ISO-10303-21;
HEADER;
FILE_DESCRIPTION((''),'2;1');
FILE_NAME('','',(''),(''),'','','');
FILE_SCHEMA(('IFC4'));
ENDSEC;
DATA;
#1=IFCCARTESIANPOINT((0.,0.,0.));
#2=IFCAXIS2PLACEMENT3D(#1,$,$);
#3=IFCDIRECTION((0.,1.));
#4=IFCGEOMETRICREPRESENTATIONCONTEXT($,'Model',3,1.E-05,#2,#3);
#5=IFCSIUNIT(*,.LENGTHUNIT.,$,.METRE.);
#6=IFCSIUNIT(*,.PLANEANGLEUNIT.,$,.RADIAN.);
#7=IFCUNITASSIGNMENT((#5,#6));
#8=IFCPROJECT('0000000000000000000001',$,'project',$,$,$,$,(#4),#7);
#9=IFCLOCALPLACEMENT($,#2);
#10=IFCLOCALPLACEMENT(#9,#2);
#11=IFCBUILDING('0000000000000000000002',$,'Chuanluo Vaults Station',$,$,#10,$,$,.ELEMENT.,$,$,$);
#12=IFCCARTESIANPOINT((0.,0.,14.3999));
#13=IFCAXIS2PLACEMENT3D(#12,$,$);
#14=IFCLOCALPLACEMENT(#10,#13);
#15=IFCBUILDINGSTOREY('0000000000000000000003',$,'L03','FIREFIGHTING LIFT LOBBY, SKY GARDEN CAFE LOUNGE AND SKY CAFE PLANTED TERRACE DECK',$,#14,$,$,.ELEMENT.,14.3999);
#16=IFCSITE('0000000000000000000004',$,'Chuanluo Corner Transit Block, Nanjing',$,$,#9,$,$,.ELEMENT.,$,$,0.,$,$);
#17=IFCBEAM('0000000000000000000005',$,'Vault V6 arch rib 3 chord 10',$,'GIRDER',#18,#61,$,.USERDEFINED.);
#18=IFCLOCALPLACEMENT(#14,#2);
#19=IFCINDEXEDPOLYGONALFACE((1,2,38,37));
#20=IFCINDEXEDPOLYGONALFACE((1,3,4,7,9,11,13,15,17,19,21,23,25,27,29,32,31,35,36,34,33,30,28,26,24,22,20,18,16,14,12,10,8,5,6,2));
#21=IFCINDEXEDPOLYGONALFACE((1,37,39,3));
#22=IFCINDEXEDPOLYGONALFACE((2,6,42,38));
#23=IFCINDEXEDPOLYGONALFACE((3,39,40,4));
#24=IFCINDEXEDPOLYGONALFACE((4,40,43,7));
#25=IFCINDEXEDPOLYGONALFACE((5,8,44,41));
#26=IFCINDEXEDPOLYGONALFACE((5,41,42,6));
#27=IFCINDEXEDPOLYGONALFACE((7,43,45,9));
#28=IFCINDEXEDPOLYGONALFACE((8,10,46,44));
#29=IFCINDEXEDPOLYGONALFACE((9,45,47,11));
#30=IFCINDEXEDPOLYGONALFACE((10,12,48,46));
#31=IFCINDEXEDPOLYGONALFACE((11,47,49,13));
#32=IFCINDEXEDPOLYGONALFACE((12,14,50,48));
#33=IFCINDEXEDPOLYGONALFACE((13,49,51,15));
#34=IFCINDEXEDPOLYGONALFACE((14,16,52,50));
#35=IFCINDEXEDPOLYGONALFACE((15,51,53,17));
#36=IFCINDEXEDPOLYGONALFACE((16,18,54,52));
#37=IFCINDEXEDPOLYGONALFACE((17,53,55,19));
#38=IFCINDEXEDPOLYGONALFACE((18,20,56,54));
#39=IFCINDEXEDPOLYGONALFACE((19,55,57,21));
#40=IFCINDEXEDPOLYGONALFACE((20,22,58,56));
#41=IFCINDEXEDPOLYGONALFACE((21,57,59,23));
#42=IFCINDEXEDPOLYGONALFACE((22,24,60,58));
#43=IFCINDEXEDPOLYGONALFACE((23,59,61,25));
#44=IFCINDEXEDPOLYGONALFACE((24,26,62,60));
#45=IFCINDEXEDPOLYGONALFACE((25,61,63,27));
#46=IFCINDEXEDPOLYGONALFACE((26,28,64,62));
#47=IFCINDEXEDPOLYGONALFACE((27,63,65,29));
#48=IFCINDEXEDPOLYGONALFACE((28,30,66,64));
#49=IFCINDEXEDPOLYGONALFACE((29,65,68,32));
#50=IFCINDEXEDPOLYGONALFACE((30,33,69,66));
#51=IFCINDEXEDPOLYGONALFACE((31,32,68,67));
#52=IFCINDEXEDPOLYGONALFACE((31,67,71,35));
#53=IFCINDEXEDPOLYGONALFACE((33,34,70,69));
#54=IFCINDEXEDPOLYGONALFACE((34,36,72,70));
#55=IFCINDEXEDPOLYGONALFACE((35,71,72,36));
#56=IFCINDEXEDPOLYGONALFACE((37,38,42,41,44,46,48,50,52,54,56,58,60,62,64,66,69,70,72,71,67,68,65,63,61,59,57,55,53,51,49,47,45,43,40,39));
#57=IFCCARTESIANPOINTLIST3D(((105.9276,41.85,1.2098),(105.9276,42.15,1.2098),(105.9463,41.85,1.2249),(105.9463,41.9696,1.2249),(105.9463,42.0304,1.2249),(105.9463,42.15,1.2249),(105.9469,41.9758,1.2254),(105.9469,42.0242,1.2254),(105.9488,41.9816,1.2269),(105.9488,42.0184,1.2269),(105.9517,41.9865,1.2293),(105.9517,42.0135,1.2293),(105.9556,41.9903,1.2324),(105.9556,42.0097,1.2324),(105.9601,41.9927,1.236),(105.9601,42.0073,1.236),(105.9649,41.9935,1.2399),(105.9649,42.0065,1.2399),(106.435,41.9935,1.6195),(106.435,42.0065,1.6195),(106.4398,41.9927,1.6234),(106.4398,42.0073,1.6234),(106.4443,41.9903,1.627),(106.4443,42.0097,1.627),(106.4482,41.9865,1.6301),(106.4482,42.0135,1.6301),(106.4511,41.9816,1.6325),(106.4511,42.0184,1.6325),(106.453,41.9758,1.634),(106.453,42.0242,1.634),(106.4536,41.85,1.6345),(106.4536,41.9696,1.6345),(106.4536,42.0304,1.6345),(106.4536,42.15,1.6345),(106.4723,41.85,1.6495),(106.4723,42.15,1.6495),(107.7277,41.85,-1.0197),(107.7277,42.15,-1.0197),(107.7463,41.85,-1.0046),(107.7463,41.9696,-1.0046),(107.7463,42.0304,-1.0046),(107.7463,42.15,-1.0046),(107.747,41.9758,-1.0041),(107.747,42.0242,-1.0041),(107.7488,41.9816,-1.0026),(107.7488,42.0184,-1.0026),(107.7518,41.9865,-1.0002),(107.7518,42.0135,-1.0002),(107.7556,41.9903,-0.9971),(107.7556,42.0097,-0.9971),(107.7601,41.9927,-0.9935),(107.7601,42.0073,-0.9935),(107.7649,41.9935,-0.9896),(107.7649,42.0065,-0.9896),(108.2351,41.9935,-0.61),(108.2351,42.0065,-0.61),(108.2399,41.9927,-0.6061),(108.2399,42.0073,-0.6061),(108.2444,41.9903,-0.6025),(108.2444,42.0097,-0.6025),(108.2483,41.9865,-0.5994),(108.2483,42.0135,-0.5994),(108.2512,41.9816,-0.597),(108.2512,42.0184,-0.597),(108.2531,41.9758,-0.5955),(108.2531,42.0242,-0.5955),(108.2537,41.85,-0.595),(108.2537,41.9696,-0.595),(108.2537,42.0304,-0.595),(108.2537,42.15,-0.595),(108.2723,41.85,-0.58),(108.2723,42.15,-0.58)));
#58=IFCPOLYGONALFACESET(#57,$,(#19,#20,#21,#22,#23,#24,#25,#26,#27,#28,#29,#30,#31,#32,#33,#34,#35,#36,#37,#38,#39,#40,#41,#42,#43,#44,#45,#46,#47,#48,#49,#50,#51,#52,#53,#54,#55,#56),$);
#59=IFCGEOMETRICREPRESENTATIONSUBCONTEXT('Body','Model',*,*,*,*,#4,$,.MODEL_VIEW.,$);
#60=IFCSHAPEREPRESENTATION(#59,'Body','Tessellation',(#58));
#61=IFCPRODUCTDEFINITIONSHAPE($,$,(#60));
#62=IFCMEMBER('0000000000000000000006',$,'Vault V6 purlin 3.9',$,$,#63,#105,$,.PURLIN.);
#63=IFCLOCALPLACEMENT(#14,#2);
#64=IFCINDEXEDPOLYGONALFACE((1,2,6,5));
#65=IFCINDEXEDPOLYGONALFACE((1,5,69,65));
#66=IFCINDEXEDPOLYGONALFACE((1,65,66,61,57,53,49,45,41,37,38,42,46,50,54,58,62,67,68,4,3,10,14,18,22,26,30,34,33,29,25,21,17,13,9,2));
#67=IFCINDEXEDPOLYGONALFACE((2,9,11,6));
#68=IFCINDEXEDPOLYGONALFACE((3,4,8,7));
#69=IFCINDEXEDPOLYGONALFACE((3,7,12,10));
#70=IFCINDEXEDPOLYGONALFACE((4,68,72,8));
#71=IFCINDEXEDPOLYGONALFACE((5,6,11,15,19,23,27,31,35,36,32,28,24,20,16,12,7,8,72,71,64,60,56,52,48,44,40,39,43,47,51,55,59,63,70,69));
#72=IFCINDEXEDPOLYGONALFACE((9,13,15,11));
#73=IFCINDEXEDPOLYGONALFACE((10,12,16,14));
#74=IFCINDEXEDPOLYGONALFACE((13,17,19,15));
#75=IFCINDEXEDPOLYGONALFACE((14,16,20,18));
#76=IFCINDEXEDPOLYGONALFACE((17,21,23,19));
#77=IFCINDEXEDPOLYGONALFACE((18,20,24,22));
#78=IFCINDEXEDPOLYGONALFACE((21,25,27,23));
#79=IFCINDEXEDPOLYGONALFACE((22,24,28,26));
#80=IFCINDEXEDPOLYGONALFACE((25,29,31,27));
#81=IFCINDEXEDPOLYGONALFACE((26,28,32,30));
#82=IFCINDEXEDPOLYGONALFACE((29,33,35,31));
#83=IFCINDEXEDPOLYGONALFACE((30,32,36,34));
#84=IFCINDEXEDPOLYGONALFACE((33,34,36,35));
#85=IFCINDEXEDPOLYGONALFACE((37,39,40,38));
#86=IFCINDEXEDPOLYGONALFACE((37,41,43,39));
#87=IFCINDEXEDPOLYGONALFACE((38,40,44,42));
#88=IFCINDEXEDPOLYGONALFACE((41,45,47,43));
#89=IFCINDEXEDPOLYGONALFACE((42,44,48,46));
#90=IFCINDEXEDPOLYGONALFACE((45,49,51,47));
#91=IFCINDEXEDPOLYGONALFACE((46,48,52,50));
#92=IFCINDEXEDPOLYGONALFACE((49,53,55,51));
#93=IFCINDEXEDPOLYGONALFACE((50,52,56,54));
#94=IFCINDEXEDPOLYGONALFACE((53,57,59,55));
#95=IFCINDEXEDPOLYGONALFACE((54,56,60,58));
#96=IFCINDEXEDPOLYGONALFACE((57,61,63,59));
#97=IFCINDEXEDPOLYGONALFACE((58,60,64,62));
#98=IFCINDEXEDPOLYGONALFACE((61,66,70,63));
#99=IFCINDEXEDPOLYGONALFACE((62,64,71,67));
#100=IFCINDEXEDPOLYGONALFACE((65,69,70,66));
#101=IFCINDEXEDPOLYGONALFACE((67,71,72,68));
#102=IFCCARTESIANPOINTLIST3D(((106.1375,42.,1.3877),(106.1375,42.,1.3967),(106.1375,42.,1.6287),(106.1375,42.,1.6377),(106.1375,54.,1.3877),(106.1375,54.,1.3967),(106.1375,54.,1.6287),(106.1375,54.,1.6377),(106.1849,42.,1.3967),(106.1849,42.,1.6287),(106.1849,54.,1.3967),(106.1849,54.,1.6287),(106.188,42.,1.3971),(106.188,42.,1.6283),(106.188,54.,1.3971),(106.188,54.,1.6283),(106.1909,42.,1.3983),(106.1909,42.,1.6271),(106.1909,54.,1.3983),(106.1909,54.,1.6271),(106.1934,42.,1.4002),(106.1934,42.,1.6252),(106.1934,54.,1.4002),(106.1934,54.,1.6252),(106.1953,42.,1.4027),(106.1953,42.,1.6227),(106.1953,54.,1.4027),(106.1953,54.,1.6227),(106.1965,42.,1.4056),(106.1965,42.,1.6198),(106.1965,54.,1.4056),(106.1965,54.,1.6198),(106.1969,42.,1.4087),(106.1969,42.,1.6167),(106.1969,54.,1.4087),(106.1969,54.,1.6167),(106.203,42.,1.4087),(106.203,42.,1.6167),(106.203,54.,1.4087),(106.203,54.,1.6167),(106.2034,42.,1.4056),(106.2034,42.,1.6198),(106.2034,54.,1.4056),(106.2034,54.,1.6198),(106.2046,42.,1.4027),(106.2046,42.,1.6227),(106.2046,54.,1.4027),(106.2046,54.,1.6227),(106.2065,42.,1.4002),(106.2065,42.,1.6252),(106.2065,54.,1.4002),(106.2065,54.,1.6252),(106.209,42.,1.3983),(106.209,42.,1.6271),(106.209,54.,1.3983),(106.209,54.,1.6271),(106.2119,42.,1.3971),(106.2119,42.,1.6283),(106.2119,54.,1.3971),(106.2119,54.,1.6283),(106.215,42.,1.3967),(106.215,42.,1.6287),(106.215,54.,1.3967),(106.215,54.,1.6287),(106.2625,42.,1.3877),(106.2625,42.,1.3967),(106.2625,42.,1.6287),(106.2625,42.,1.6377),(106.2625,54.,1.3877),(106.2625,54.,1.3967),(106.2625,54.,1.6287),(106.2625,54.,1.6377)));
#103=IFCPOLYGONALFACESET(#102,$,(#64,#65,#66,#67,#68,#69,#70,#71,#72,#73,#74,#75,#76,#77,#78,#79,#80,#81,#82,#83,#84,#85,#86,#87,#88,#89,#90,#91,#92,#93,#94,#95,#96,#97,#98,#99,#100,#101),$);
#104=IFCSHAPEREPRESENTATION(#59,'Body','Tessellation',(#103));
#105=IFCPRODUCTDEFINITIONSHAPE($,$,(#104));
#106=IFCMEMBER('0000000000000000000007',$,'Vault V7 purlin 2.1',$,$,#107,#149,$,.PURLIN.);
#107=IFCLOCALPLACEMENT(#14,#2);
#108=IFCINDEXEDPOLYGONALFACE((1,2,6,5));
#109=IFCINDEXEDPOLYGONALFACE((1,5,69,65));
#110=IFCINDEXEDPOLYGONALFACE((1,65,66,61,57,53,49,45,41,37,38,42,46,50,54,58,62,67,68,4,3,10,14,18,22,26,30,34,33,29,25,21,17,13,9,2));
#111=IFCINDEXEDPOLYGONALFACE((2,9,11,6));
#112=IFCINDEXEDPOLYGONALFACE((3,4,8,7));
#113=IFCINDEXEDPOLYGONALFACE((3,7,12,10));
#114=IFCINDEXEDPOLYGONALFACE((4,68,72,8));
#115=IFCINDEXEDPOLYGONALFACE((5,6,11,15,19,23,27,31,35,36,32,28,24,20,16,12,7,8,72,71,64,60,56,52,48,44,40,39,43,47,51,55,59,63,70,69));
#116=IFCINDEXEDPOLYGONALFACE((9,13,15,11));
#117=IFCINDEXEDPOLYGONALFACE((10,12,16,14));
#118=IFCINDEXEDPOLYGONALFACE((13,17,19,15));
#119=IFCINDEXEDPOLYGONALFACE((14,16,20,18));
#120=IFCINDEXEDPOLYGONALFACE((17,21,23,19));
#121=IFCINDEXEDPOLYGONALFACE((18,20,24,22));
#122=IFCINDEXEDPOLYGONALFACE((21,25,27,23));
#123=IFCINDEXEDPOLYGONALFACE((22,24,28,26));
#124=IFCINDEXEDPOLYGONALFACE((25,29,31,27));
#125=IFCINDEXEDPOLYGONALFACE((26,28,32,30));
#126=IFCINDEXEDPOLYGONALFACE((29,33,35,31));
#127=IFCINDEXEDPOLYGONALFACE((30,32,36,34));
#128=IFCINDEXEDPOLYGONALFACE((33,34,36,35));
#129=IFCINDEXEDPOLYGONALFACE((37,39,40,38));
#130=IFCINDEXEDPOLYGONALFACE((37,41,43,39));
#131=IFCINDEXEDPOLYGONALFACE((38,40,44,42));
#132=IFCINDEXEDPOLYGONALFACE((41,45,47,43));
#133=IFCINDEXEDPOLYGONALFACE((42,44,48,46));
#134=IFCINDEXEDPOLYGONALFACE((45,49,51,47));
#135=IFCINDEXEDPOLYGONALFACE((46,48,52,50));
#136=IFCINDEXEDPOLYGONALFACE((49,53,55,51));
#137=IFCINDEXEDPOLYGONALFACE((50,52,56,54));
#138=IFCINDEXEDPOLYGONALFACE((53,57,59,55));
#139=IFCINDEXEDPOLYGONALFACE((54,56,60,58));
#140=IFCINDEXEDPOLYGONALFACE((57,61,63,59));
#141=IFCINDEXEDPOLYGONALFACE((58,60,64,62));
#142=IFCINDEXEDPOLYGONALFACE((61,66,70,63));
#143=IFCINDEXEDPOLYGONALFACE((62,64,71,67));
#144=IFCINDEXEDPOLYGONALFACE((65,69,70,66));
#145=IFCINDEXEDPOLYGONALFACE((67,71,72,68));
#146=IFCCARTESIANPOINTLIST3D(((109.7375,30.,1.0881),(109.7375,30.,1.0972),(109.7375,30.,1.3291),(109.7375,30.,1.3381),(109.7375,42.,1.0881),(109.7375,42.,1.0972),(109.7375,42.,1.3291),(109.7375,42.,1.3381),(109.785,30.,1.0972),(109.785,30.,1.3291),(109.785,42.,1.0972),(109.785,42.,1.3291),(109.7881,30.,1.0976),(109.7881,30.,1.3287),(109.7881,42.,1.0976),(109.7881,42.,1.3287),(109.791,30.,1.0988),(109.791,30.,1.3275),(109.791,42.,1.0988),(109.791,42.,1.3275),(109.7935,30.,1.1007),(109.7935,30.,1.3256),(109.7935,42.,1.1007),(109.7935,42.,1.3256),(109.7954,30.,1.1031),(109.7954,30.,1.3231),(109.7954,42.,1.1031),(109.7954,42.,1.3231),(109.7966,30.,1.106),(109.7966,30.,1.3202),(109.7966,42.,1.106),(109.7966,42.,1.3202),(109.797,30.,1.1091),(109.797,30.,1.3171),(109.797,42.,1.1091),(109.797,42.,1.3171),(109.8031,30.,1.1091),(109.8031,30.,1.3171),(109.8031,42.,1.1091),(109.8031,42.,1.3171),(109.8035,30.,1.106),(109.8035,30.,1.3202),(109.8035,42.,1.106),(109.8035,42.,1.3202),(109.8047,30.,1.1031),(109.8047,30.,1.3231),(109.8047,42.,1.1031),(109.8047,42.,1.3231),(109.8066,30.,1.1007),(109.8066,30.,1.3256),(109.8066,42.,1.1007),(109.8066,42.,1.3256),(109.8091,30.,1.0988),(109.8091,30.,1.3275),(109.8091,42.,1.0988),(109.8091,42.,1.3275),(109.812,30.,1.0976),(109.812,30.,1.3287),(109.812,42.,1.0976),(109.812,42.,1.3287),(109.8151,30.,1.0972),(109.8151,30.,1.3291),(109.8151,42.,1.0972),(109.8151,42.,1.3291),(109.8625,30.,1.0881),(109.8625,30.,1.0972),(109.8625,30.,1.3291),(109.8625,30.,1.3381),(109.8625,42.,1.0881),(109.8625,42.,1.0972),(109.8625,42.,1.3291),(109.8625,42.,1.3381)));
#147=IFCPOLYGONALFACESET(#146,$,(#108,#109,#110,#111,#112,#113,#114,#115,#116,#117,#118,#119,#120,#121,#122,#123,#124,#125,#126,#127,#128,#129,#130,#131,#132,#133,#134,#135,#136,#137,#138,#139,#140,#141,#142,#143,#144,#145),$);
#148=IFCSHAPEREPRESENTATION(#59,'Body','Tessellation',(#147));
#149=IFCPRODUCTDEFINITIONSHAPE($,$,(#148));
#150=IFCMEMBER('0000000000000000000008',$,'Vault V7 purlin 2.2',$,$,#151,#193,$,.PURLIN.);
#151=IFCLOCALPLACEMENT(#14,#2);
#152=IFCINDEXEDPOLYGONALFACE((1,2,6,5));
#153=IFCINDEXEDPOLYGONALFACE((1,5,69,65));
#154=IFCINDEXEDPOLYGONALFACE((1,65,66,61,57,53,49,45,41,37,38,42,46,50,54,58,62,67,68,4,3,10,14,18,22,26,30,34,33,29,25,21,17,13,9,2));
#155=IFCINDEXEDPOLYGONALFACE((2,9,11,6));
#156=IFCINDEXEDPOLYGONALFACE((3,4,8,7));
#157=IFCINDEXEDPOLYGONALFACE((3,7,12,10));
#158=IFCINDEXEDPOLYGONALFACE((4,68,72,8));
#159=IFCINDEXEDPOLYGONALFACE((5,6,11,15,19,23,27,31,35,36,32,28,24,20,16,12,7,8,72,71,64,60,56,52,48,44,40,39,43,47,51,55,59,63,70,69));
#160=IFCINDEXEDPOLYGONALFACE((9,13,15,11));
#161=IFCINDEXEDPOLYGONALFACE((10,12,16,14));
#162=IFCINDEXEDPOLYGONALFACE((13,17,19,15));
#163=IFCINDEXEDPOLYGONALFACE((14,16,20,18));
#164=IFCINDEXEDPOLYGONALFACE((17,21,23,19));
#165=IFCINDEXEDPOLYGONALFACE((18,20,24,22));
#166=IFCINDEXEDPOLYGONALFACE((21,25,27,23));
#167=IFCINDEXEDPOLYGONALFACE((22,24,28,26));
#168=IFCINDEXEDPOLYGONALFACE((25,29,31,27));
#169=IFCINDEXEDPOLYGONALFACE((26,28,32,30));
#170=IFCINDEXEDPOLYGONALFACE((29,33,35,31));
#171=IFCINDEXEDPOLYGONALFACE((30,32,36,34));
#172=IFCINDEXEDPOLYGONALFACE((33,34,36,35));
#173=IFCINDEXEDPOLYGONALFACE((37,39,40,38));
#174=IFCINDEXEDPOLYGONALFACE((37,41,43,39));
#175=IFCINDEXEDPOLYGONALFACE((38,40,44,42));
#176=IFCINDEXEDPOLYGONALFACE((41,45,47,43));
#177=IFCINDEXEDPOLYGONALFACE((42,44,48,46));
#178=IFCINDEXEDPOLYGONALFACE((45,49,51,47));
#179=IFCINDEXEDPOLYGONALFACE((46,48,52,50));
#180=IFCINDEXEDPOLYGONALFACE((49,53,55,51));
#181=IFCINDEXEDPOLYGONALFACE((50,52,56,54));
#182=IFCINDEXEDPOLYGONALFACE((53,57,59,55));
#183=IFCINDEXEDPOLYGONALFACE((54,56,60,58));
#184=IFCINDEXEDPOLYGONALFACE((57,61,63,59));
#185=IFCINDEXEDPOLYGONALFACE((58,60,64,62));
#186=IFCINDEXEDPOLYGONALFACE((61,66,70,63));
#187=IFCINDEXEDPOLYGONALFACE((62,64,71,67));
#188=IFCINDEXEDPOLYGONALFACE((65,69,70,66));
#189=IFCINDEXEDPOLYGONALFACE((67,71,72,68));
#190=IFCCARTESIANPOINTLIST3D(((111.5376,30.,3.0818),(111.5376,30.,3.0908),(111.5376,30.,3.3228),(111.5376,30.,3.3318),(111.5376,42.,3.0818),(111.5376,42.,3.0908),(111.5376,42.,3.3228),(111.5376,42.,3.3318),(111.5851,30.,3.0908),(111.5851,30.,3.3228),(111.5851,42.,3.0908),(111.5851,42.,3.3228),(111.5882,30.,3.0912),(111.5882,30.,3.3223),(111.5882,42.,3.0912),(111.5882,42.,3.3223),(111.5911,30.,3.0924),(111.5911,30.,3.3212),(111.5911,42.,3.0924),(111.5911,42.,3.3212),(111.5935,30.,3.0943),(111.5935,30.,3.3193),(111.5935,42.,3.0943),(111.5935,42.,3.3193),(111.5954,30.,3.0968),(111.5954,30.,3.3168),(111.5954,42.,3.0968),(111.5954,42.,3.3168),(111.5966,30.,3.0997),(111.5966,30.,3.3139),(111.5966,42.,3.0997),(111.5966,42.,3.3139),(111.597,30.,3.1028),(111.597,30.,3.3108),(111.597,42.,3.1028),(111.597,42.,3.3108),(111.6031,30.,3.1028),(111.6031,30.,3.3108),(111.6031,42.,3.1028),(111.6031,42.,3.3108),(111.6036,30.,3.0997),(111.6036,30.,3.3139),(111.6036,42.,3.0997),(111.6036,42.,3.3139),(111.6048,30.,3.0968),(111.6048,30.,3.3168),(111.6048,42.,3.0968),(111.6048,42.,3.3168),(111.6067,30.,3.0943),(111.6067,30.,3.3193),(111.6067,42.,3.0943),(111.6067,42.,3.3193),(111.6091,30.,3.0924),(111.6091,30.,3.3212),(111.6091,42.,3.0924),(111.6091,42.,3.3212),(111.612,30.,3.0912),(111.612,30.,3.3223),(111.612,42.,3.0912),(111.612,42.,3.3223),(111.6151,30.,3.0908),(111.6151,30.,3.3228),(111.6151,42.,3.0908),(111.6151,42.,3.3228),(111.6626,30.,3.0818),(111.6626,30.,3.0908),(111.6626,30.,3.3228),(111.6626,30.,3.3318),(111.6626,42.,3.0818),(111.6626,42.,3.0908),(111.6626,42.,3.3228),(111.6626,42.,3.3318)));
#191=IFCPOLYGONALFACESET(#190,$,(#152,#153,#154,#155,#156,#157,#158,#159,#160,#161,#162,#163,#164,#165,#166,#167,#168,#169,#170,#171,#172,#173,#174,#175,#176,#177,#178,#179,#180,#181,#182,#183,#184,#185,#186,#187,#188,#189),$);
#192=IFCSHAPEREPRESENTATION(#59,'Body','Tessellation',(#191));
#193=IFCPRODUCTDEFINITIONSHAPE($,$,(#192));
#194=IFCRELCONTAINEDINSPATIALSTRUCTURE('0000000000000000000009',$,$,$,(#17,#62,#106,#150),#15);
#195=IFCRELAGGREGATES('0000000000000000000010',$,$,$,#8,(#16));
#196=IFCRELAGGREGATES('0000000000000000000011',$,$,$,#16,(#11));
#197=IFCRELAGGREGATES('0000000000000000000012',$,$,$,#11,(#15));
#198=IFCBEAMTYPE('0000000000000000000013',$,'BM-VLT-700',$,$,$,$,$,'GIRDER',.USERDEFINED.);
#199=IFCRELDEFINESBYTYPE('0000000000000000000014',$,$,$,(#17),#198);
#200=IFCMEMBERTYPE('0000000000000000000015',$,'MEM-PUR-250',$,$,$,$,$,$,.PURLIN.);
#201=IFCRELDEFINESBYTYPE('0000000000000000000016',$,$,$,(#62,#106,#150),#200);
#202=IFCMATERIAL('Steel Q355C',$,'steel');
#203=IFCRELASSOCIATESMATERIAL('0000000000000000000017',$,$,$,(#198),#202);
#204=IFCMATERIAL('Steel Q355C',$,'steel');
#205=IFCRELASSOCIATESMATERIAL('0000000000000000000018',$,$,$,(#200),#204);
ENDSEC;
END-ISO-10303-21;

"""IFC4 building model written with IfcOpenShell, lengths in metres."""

from ifc_helpers import new_model, si_unit, direction, frame, origin, origin_2d, place, context, subcontext, project, spatial, i_section, extrude, material, material_profile, profile_set, type_object, element, save


model = new_model("IFC4")

# Units and contexts
model_context = context("Model", 3, precision=1e-05, world=origin(), true_north=direction((0.0, 1.0)))
body_context = subcontext(model_context, "Body", "Model", "MODEL_VIEW")
ifc_project = project(units=[si_unit("LENGTHUNIT", "METRE"), si_unit("PLANEANGLEUNIT", "RADIAN")], contexts=[model_context])

# Site, building, storey
site_placement = place(None, origin())
site = spatial("IfcSite", under=ifc_project, at=site_placement, Name="Chuanluo Corner Transit Block, Nanjing", CompositionType="ELEMENT", RefElevation=0.0)
building_placement = place(site_placement, origin())
building = spatial("IfcBuilding", under=site, at=building_placement, Name="Chuanluo Vaults Station", CompositionType="ELEMENT")
storey_placement = place(building_placement, frame((0.0, 0.0, 14.3999)))
storey = spatial("IfcBuildingStorey", under=building, at=storey_placement, Name="L03", Description="FIREFIGHTING LIFT LOBBY, SKY GARDEN CAFE LOUNGE AND SKY CAFE PLANTED TERRACE DECK", CompositionType="ELEMENT", Elevation=14.3999)

# Beam
ifc_material_1 = material(Name="Steel Q355C", Category="steel")
ifc_material_profile_1 = material_profile(ifc_material_1, i_section(OverallWidth=0.3, OverallDepth=0.7, WebThickness=0.0129, FlangeThickness=0.0239, FilletRadius=0.0239, at=origin_2d()))
ifc_profile_set_1 = profile_set([ifc_material_profile_1], Name="Steel Q355C")
beam_type_1 = type_object("IfcBeamType", Name="BM-VLT-700", ElementType="GIRDER", PredefinedType="USERDEFINED", material=ifc_profile_set_1)
beam_1_placement = place(storey_placement, frame((106.2, 42.0, 1.4297), z_axis=(0.62819, 0.0, -0.77806), x_axis=(0.0, 1.0, 0.0)))
element("IfcBeam", 1, at=beam_1_placement, inside=storey, type_object=beam_type_1, Name="Vault V6 arch rib 3 chord 10", ObjectType="GIRDER", PredefinedType="USERDEFINED", context=body_context, shape_type="SweptSolid", body=[
    extrude(i_section(OverallWidth=0.3, OverallDepth=0.7, WebThickness=0.0129, FlangeThickness=0.0239, FilletRadius=0.0239, at=origin_2d()), origin(), (0.0, 0.0, 1.0), 2.8655),
])

# Members
ifc_material_2 = material(Name="Steel Q355C", Category="steel")
ifc_material_profile_2 = material_profile(ifc_material_2, i_section(OverallWidth=0.125, OverallDepth=0.25, WebThickness=0.0061, FlangeThickness=0.009, FilletRadius=0.012, at=origin_2d()))
ifc_profile_set_2 = profile_set([ifc_material_profile_2], Name="Steel Q355C")
member_type_1 = type_object("IfcMemberType", Name="MEM-PUR-250", PredefinedType="PURLIN", material=ifc_profile_set_2)
for number, where, z_axis, x_axis, name in (
    (2, (106.2, 42.0, 1.5127), (0.0, 1.0, 0.0), (-1.0, 0.0, 0.0), "Vault V6 purlin 3.9"),
    (3, (109.8, 30.0, 1.2131), (0.0, 1.0, 0.0), (-1.0, 0.0, 0.0), "Vault V7 purlin 2.1"),
    (4, (111.6001, 30.0, 3.2068), (0.0, 1.0, 0.0), (-1.0, 0.0, 0.0), "Vault V7 purlin 2.2"),
):
    element("IfcMember", number, at=place(storey_placement, frame(where, z_axis=z_axis, x_axis=x_axis)), inside=storey, type_object=member_type_1, Name=name, PredefinedType="PURLIN", context=body_context, shape_type="SweptSolid", body=[
        extrude(i_section(OverallWidth=0.125, OverallDepth=0.25, WebThickness=0.0061, FlangeThickness=0.009, FilletRadius=0.012, at=origin_2d()), origin(), (0.0, 0.0, 1.0), 12.0),
    ])

save(model, "model.ifc")
